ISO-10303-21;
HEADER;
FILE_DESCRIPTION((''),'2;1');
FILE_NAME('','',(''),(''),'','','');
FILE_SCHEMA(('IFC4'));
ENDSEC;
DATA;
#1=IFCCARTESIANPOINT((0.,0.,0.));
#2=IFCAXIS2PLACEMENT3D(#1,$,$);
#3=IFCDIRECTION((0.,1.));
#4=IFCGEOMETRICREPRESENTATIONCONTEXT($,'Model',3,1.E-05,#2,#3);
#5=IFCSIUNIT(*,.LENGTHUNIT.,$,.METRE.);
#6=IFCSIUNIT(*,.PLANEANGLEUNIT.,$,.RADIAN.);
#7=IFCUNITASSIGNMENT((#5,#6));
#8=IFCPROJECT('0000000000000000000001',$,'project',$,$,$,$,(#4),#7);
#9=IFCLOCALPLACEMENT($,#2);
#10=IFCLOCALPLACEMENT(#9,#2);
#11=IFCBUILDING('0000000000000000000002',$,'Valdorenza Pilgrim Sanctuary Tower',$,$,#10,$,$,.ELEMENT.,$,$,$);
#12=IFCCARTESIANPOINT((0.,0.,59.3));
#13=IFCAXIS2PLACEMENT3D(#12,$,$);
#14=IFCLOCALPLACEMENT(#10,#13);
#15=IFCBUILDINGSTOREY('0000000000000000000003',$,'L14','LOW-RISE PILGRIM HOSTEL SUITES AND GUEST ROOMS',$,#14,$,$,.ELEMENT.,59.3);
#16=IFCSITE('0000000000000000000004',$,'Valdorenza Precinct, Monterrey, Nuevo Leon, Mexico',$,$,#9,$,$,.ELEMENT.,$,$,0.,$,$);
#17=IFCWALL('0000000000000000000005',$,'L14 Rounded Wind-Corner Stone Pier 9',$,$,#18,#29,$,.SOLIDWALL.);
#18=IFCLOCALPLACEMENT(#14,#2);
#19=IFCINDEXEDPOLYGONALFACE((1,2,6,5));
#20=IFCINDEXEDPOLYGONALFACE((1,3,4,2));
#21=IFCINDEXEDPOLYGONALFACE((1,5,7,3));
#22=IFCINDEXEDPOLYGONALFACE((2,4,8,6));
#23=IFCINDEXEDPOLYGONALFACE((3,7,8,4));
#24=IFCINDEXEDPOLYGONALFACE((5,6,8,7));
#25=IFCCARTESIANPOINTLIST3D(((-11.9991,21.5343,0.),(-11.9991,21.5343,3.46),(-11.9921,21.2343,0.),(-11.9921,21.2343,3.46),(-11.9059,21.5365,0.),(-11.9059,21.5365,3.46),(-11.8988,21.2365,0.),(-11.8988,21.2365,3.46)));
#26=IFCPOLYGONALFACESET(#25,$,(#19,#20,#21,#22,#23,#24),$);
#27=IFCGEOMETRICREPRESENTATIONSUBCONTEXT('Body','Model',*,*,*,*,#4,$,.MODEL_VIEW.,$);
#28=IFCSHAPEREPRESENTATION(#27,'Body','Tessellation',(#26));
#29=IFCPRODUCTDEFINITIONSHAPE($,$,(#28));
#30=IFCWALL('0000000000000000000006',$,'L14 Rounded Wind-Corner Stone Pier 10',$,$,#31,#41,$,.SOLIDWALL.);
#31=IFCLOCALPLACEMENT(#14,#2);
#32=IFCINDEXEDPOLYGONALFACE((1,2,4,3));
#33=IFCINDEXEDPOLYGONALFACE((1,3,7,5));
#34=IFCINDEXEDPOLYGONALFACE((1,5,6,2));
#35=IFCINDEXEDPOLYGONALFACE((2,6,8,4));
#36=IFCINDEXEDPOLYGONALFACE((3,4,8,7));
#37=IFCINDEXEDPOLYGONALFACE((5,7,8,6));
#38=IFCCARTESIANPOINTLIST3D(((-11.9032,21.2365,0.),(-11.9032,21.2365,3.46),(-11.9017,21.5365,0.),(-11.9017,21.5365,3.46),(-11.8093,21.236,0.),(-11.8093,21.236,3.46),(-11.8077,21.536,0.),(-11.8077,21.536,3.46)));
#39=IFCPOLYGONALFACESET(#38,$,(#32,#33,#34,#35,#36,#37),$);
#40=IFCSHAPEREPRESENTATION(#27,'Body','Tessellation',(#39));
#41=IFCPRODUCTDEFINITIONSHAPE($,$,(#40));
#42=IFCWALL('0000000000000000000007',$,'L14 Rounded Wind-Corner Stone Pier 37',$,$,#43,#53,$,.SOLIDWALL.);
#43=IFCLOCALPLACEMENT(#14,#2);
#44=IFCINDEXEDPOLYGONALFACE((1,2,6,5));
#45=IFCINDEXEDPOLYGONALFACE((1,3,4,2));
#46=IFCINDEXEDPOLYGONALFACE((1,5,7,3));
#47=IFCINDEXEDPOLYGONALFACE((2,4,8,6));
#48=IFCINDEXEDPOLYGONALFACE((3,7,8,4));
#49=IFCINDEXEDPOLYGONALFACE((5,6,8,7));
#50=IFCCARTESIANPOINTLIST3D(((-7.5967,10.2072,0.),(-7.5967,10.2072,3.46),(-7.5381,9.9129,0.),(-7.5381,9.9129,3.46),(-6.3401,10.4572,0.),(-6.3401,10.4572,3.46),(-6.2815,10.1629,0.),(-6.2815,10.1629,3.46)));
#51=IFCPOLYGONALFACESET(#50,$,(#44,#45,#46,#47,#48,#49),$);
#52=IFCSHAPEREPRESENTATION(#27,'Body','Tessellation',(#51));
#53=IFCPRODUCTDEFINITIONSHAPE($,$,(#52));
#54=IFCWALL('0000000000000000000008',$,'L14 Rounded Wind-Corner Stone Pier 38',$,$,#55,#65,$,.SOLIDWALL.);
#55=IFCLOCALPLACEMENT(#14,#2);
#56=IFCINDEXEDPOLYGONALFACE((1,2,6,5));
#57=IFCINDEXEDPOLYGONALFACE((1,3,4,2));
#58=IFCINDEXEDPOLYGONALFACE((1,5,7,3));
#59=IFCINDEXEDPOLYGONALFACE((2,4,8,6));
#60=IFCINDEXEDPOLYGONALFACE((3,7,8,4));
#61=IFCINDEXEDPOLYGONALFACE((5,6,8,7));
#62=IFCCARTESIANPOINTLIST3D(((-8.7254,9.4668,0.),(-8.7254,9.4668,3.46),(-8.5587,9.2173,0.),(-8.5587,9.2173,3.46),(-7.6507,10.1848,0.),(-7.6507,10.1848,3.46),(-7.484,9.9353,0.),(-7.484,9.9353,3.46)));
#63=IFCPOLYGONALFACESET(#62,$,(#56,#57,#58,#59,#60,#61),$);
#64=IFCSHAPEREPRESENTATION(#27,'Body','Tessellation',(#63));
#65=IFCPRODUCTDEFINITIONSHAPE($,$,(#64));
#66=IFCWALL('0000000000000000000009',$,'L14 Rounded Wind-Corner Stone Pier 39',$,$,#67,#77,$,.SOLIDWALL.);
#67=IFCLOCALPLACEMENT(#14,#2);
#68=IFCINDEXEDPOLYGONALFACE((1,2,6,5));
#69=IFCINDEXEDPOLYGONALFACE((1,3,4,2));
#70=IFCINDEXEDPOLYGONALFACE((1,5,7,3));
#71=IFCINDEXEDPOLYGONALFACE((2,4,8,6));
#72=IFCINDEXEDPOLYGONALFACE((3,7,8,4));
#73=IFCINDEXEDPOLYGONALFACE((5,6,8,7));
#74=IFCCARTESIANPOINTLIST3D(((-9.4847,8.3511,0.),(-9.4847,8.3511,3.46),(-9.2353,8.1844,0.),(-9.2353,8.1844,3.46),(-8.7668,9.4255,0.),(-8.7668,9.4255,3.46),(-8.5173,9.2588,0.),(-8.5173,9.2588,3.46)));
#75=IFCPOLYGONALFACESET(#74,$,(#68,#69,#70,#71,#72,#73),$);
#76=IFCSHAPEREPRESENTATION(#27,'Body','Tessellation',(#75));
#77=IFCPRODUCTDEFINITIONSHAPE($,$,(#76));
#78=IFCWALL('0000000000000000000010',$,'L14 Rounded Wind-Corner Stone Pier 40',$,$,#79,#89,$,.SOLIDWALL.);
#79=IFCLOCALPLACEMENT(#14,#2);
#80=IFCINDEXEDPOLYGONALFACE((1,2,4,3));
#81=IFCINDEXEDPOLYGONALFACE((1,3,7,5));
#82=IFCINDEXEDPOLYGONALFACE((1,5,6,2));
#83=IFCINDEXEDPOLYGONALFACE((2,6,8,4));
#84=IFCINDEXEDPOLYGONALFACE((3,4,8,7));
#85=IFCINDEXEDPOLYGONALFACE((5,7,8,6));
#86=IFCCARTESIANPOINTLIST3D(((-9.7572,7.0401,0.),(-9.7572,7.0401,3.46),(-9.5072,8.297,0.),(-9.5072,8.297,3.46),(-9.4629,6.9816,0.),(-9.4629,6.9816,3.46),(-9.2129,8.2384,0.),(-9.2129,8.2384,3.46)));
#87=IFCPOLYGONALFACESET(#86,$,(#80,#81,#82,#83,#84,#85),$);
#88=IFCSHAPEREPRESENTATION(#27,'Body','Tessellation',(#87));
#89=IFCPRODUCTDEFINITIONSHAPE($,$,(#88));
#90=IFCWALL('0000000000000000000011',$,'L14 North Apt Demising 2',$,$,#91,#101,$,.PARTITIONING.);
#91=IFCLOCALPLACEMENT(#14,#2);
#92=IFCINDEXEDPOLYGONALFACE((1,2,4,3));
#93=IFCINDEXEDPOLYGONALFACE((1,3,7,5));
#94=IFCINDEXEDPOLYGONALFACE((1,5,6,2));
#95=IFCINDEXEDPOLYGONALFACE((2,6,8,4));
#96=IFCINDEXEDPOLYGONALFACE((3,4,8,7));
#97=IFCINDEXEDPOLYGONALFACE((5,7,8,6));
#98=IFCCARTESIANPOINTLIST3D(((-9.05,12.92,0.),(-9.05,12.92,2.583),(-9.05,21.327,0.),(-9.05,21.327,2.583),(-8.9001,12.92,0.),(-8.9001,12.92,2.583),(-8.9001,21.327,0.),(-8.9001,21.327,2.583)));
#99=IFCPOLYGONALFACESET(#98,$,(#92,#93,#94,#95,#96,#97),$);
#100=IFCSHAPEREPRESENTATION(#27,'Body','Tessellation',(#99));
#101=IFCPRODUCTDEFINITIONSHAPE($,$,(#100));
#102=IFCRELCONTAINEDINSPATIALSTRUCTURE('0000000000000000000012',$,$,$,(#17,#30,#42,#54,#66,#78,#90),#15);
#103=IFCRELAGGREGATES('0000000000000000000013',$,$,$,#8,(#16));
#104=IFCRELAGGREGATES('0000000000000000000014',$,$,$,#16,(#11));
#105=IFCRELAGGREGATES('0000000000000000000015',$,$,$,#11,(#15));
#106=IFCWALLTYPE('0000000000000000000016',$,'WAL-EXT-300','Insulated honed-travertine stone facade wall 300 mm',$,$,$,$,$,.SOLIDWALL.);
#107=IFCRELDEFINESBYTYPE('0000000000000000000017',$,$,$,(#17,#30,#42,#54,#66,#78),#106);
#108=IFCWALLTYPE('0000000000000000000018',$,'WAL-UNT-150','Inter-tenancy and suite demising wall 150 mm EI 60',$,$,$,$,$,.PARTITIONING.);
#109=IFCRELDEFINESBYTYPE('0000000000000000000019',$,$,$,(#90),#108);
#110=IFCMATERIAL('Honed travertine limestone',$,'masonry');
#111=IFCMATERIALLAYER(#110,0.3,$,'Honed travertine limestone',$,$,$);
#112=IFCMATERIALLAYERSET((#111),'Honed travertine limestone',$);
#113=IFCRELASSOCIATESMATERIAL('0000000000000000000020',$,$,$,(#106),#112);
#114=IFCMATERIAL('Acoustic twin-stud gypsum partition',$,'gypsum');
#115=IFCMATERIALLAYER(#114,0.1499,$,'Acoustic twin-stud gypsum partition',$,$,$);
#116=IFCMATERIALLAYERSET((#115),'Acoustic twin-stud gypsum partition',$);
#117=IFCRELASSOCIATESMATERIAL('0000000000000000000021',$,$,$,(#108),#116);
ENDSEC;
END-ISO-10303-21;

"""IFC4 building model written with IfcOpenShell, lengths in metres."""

from ifc_helpers import new_model, si_unit, direction, frame, frame_2d, origin, place, context, subcontext, project, spatial, rectangle, extrude, material, layer, layer_set, type_object, element, save


model = new_model("IFC4")

# Units and contexts
model_context = context("Model", 3, precision=1e-05, world=origin(), true_north=direction((0.0, 1.0)))
body_context = subcontext(model_context, "Body", "Model", "MODEL_VIEW")
ifc_project = project(units=[si_unit("LENGTHUNIT", "METRE"), si_unit("PLANEANGLEUNIT", "RADIAN")], contexts=[model_context])

# Site, building, storey
site_placement = place(None, origin())
site = spatial("IfcSite", under=ifc_project, at=site_placement, Name="Valdorenza Precinct, Monterrey, Nuevo Leon, Mexico", CompositionType="ELEMENT", RefElevation=0.0)
building_placement = place(site_placement, origin())
building = spatial("IfcBuilding", under=site, at=building_placement, Name="Valdorenza Pilgrim Sanctuary Tower", CompositionType="ELEMENT")
storey_placement = place(building_placement, frame((0.0, 0.0, 59.3)))
storey = spatial("IfcBuildingStorey", under=building, at=storey_placement, Name="L14", Description="LOW-RISE PILGRIM HOSTEL SUITES AND GUEST ROOMS", CompositionType="ELEMENT", Elevation=59.3)

# Shared definitions
ifc_material_1 = material(Name="Honed travertine limestone", Category="masonry")

# Walls
ifc_layer_1 = layer(ifc_material_1, 0.3, Name="Honed travertine limestone")
ifc_layer_set_1 = layer_set([ifc_layer_1], Name="Honed travertine limestone")
wall_type_1 = type_object("IfcWallType", Name="WAL-EXT-300", Description="Insulated honed-travertine stone facade wall 300 mm", PredefinedType="SOLIDWALL", material=ifc_layer_set_1)
wall_1_placement = place(storey_placement, frame((-11.9956, 21.3843, 0.0), z_axis=(0.0, 0.0, 1.0), x_axis=(0.999723, 0.023554, 0.0)))
element("IfcWall", 1, at=wall_1_placement, inside=storey, type_object=wall_type_1, Name="L14 Rounded Wind-Corner Stone Pier 9", PredefinedType="SOLIDWALL", context=body_context, shape_type="SweptSolid", body=[
    extrude(rectangle(XDim=0.0933, YDim=0.3, at=frame_2d((0.0466, 0.0))), origin(), (0.0, 0.0, 1.0), 3.46),
])
wall_2_placement = place(storey_placement, frame((-11.9023, 21.3865, 0.0), z_axis=(0.0, 0.0, 1.0), x_axis=(0.999987, -0.005195, 0.0)))
element("IfcWall", 2, at=wall_2_placement, inside=storey, type_object=wall_type_1, Name="L14 Rounded Wind-Corner Stone Pier 10", PredefinedType="SOLIDWALL", context=body_context, shape_type="SweptSolid", body=[
    extrude(rectangle(XDim=0.094, YDim=0.3, at=frame_2d((0.0469, 0.0))), origin(), (0.0, 0.0, 1.0), 3.46),
])
wall_3_placement = place(storey_placement, frame((-6.3108, 10.3101, 0.0), z_axis=(0.0, 0.0, 1.0), x_axis=(-0.980778, -0.195127, 0.0)))
element("IfcWall", 3, at=wall_3_placement, inside=storey, type_object=wall_type_1, Name="L14 Rounded Wind-Corner Stone Pier 37", PredefinedType="SOLIDWALL", context=body_context, shape_type="SweptSolid", body=[
    extrude(rectangle(XDim=1.2812, YDim=0.3, at=frame_2d((0.6406, 0.0))), origin(), (0.0, 0.0, 1.0), 3.46),
])
wall_4_placement = place(storey_placement, frame((-7.5674, 10.0601, 0.0), z_axis=(0.0, 0.0, 1.0), x_axis=(-0.831498, -0.555528, 0.0)))
element("IfcWall", 4, at=wall_4_placement, inside=storey, type_object=wall_type_1, Name="L14 Rounded Wind-Corner Stone Pier 38", PredefinedType="SOLIDWALL", context=body_context, shape_type="SweptSolid", body=[
    extrude(rectangle(XDim=1.2925, YDim=0.3, at=frame_2d((0.6462, 0.0))), origin(), (0.0, 0.0, 1.0), 3.46),
])
wall_5_placement = place(storey_placement, frame((-8.6421, 9.342, 0.0), z_axis=(0.0, 0.0, 1.0), x_axis=(-0.555615, -0.831439, 0.0)))
element("IfcWall", 5, at=wall_5_placement, inside=storey, type_object=wall_type_1, Name="L14 Rounded Wind-Corner Stone Pier 39", PredefinedType="SOLIDWALL", context=body_context, shape_type="SweptSolid", body=[
    extrude(rectangle(XDim=1.2922, YDim=0.3, at=frame_2d((0.646, 0.0))), origin(), (0.0, 0.0, 1.0), 3.46),
])
wall_6_placement = place(storey_placement, frame((-9.3601, 8.2676, 0.0), z_axis=(0.0, 0.0, 1.0), x_axis=(-0.19509, -0.980785, 0.0)))
element("IfcWall", 6, at=wall_6_placement, inside=storey, type_object=wall_type_1, Name="L14 Rounded Wind-Corner Stone Pier 40", PredefinedType="SOLIDWALL", context=body_context, shape_type="SweptSolid", body=[
    extrude(rectangle(XDim=1.2815, YDim=0.3, at=frame_2d((0.6406, 0.0))), origin(), (0.0, 0.0, 1.0), 3.46),
])
ifc_material_2 = material(Name="Acoustic twin-stud gypsum partition", Category="gypsum")
ifc_layer_2 = layer(ifc_material_2, 0.1499, Name="Acoustic twin-stud gypsum partition")
ifc_layer_set_2 = layer_set([ifc_layer_2], Name="Acoustic twin-stud gypsum partition")
wall_type_2 = type_object("IfcWallType", Name="WAL-UNT-150", Description="Inter-tenancy and suite demising wall 150 mm EI 60", PredefinedType="PARTITIONING", material=ifc_layer_set_2)
wall_7_placement = place(storey_placement, frame((-8.9751, 12.9199, 0.0), z_axis=(0.0, 0.0, 1.0), x_axis=(0.0, 1.0, 0.0)))
element("IfcWall", 7, at=wall_7_placement, inside=storey, type_object=wall_type_2, Name="L14 North Apt Demising 2", PredefinedType="PARTITIONING", context=body_context, shape_type="SweptSolid", body=[
    extrude(rectangle(XDim=8.407, YDim=0.1499, at=frame_2d((4.2036, 0.0))), origin(), (0.0, 0.0, 1.0), 2.583),
])

save(model, "model.ifc")
